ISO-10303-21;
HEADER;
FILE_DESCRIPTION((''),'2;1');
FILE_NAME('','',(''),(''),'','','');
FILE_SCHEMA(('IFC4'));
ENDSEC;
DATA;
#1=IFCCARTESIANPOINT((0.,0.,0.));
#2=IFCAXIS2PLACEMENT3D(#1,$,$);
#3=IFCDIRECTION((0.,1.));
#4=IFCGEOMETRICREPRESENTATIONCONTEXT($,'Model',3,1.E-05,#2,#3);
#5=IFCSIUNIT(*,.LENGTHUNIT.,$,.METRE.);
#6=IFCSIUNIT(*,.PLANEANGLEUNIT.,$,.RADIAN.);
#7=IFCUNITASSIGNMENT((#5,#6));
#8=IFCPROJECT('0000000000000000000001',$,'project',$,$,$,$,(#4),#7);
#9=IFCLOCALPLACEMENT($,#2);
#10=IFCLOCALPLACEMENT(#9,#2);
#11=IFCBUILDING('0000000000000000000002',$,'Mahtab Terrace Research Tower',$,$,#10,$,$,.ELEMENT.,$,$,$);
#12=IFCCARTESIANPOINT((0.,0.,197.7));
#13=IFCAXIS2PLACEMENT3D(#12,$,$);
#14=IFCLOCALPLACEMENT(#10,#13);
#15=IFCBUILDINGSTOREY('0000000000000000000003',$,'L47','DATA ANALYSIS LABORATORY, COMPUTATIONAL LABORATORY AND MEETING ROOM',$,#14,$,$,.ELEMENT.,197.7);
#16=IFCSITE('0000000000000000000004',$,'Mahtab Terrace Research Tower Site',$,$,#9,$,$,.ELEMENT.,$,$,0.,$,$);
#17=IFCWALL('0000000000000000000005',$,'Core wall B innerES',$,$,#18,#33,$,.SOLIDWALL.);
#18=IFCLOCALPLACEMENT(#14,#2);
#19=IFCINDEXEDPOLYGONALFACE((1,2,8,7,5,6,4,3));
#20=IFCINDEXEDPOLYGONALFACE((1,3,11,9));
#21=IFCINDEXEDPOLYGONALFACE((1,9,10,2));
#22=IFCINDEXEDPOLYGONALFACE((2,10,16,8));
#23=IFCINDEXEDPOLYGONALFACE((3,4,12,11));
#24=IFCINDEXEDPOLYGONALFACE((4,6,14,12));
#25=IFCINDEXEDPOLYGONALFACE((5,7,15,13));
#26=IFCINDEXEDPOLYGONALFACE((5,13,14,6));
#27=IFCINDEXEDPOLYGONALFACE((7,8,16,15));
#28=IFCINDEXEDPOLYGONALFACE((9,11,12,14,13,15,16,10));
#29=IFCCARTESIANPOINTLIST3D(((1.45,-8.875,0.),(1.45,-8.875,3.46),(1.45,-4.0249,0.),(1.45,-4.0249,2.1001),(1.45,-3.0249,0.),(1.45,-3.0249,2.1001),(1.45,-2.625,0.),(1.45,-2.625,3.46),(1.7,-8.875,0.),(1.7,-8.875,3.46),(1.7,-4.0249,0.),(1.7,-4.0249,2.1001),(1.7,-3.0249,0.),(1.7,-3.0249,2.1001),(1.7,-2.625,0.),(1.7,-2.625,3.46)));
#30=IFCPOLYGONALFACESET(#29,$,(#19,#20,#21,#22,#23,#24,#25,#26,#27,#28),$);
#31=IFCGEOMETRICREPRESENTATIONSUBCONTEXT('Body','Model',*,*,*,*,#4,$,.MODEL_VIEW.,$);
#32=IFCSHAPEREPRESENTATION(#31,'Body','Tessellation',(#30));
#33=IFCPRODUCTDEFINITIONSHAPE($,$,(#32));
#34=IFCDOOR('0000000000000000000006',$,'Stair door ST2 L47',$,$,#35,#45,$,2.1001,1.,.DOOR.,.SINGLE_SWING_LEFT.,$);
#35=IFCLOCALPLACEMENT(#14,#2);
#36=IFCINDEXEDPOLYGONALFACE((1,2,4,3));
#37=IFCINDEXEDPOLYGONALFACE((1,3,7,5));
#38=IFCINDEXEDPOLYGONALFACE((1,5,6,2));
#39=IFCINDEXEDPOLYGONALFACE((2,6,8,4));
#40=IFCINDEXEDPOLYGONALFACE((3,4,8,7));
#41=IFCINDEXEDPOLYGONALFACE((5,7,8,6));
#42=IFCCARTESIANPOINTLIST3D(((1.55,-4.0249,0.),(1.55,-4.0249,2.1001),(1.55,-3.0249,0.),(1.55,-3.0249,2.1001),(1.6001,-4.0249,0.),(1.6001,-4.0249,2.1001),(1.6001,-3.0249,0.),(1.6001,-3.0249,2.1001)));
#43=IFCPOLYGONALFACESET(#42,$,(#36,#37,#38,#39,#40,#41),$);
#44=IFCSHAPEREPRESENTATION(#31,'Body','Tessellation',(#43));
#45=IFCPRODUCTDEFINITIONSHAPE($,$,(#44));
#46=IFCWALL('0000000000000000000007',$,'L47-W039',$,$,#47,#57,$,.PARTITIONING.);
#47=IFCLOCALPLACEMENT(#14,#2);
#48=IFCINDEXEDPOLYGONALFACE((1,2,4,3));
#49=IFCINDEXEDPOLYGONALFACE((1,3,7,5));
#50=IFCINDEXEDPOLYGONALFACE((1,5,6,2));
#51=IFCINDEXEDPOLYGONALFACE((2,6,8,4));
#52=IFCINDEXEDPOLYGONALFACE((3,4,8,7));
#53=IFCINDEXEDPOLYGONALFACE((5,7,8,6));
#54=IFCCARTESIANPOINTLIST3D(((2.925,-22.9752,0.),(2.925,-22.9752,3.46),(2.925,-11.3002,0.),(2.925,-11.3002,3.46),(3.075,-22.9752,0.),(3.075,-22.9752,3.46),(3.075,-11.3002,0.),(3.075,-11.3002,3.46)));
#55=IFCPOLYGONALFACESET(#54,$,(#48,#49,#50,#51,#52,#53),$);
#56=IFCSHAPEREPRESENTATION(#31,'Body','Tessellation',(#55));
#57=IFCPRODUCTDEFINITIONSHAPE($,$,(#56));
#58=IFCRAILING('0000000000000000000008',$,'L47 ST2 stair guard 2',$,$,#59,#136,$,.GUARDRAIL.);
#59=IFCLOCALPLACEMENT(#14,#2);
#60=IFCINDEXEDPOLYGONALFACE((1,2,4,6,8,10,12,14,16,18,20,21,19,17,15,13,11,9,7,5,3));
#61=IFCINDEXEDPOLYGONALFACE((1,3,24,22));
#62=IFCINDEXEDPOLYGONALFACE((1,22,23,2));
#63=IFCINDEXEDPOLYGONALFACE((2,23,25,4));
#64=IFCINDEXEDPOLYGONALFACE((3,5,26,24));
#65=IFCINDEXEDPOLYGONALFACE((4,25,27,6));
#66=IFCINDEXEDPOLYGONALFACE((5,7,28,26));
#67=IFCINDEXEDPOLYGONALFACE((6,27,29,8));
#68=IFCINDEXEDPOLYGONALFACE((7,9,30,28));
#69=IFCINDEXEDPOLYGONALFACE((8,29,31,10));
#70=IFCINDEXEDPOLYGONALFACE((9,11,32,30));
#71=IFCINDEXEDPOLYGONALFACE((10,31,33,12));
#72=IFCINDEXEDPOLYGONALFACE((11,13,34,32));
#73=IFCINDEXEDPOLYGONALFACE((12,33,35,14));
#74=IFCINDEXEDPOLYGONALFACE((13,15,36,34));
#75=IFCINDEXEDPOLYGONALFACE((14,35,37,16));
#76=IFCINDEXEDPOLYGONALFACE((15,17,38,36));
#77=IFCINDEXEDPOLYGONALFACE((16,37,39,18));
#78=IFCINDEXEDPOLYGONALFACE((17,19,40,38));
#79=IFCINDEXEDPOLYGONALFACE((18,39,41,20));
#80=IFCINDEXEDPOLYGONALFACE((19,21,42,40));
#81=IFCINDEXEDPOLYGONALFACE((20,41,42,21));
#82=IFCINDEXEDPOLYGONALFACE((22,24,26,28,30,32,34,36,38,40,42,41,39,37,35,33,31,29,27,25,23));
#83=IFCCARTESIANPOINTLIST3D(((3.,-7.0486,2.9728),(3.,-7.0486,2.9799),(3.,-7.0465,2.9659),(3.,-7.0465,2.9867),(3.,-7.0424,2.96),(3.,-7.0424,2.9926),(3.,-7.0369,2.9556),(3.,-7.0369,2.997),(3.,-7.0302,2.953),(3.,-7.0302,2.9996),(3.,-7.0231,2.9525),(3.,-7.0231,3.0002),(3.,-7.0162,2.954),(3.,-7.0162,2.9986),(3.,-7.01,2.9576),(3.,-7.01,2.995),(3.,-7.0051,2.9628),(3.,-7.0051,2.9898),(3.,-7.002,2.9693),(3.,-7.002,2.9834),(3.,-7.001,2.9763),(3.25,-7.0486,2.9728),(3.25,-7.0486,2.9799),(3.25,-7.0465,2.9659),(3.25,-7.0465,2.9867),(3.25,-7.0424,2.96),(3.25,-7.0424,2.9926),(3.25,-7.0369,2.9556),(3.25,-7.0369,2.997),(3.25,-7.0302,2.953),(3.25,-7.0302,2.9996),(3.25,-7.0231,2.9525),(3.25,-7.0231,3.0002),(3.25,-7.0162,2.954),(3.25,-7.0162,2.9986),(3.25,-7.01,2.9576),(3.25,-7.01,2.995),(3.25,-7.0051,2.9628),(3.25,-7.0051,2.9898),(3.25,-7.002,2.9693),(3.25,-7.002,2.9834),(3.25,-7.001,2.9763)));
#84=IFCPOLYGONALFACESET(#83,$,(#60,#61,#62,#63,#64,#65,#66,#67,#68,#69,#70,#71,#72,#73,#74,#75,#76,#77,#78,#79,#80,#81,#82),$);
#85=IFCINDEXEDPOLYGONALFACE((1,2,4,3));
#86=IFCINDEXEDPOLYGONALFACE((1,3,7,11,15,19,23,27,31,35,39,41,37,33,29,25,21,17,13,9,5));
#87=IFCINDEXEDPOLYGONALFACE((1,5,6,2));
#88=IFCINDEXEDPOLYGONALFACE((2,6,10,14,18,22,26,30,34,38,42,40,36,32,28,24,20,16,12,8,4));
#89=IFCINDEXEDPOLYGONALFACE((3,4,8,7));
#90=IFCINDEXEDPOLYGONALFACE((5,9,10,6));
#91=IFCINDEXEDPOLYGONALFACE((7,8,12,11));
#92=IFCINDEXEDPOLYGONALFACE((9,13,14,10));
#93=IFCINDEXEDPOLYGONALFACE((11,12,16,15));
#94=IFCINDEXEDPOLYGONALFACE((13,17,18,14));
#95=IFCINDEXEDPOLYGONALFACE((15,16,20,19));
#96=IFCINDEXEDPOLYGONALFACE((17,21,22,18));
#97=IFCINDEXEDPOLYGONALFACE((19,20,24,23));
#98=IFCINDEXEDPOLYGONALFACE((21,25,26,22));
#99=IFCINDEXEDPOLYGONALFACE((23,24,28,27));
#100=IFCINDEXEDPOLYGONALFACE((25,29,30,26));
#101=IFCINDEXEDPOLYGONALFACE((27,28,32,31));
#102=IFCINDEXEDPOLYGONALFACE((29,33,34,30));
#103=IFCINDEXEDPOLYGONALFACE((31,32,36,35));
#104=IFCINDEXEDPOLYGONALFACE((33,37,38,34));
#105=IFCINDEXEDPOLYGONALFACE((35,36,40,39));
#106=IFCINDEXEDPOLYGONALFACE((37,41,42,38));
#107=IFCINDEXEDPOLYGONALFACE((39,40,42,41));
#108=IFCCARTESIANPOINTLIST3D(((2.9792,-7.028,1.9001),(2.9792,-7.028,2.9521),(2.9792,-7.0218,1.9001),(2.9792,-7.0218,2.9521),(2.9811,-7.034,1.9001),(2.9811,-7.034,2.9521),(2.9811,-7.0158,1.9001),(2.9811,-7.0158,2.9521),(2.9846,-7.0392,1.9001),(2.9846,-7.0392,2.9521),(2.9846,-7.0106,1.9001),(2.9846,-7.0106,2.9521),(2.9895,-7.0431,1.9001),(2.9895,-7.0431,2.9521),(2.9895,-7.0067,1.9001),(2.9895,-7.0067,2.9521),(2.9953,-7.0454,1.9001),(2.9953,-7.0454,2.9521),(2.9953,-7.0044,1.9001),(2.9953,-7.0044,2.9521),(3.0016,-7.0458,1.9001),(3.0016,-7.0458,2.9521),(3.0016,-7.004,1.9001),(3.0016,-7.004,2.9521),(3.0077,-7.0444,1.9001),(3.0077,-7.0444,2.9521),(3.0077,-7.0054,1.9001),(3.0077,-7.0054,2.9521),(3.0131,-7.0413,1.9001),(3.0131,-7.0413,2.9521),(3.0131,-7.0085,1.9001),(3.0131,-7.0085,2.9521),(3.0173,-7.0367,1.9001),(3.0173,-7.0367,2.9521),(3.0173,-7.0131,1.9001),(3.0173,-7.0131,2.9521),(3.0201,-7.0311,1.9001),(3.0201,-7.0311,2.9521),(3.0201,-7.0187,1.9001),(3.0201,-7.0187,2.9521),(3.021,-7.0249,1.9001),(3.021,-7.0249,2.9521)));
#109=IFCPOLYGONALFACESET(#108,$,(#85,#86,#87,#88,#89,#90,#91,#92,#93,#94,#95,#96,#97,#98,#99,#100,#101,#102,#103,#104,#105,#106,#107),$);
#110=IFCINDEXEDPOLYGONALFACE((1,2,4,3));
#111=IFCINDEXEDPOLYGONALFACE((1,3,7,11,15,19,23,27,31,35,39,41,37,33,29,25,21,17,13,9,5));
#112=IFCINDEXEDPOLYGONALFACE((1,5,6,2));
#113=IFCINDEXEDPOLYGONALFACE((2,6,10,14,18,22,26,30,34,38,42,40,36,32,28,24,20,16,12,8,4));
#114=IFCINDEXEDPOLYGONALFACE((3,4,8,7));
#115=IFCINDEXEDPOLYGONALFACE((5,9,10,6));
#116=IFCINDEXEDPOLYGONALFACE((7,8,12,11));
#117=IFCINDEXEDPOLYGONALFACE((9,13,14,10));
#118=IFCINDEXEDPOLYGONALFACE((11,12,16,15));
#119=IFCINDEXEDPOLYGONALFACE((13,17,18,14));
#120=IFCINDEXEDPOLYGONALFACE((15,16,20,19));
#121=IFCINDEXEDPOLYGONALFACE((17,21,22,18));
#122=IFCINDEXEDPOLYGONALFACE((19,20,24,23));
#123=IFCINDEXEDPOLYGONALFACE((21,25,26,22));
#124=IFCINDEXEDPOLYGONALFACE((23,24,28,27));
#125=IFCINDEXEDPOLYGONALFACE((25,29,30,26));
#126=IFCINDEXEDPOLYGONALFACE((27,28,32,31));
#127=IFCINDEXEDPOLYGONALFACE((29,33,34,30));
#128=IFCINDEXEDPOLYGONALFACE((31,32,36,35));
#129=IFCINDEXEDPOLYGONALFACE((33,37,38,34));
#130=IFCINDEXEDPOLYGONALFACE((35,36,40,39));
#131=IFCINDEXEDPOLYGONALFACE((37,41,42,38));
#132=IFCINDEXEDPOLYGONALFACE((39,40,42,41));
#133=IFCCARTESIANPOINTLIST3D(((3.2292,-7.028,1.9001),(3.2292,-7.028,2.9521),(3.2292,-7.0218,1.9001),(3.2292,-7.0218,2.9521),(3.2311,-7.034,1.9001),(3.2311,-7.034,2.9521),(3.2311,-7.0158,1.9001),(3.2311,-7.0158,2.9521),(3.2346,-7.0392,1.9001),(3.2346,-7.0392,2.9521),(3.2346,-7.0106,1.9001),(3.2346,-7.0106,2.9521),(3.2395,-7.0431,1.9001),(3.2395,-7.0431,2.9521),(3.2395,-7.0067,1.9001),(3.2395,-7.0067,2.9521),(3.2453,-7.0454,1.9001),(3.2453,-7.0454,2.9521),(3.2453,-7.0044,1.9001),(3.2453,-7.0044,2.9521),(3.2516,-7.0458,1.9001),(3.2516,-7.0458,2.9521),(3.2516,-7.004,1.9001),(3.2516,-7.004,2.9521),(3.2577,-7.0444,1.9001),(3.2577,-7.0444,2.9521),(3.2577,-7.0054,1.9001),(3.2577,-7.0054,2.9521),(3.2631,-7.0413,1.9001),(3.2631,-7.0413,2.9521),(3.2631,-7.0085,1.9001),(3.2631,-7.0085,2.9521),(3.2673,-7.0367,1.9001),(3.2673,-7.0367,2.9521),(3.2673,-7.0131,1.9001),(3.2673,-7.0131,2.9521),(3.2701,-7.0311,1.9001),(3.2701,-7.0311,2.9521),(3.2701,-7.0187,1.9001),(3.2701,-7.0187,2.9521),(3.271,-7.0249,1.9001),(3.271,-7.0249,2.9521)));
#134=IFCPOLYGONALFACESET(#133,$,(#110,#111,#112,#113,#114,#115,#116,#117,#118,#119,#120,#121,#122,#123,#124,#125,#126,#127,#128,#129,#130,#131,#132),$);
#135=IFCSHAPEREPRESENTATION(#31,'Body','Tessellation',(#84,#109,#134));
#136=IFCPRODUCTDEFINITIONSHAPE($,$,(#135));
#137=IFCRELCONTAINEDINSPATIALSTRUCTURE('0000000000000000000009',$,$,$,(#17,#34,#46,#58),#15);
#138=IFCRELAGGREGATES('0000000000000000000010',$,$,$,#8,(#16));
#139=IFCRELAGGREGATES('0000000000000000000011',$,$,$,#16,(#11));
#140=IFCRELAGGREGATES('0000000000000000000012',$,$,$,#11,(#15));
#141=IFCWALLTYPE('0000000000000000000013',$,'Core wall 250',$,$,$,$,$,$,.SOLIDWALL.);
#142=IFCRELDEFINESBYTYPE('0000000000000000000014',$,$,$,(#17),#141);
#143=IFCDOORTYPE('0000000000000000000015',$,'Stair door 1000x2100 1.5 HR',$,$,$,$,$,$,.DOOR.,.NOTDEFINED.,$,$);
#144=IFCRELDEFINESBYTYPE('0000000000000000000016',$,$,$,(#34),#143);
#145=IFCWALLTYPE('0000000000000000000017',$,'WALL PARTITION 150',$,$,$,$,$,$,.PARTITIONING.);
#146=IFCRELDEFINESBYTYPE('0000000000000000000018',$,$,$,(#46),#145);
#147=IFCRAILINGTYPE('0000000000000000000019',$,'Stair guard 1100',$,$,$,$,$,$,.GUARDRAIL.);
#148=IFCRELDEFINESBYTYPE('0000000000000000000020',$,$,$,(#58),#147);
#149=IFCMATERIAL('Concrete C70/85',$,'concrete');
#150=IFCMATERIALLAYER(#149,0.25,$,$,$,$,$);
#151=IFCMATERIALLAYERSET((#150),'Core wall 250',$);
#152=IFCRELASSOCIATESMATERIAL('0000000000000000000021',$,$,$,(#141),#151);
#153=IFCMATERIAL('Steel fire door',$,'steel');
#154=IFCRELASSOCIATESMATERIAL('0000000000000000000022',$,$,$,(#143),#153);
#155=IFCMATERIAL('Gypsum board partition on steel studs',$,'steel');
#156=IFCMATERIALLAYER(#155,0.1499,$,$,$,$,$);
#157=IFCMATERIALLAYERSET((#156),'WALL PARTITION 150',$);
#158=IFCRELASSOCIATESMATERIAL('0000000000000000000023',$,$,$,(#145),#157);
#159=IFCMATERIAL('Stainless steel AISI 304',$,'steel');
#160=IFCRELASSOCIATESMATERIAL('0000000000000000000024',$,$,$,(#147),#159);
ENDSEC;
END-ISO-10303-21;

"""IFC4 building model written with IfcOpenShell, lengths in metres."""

from ifc_helpers import new_model, si_unit, direction, frame, frame_2d, origin, origin_2d, place, context, subcontext, project, spatial, rectangle, circle, extrude, material, layer, layer_set, type_object, element, fill, save


model = new_model("IFC4")

# Units and contexts
model_context = context("Model", 3, precision=1e-05, world=origin(), true_north=direction((0.0, 1.0)))
body_context = subcontext(model_context, "Body", "Model", "MODEL_VIEW")
ifc_project = project(units=[si_unit("LENGTHUNIT", "METRE"), si_unit("PLANEANGLEUNIT", "RADIAN")], contexts=[model_context])

# Site, building, storey
site_placement = place(None, origin())
site = spatial("IfcSite", under=ifc_project, at=site_placement, Name="Mahtab Terrace Research Tower Site", CompositionType="ELEMENT", RefElevation=0.0)
building_placement = place(site_placement, origin())
building = spatial("IfcBuilding", under=site, at=building_placement, Name="Mahtab Terrace Research Tower", CompositionType="ELEMENT")
storey_placement = place(building_placement, frame((0.0, 0.0, 197.7)))
storey = spatial("IfcBuildingStorey", under=building, at=storey_placement, Name="L47", Description="DATA ANALYSIS LABORATORY, COMPUTATIONAL LABORATORY AND MEETING ROOM", CompositionType="ELEMENT", Elevation=197.7)

# Shared definitions
ifc_material_1 = material(Name="Concrete C70/85", Category="concrete")

# Shared definitions
ifc_layer_1 = layer(ifc_material_1, 0.25)
ifc_layer_set_1 = layer_set([ifc_layer_1], Name="Core wall 250")
wall_type_1 = type_object("IfcWallType", Name="Core wall 250", PredefinedType="SOLIDWALL", material=ifc_layer_set_1)

# Shared definitions
ifc_material_2 = material(Name="Steel fire door", Category="steel")

# Shared definitions
ifc_material_3 = material(Name="Stainless steel AISI 304", Category="steel")

# Wall, opening, door
wall_1_placement = place(storey_placement, frame((1.575, -8.875, 0.0), z_axis=(0.0, 0.0, 1.0), x_axis=(0.0, 1.0, 0.0)))
wall_1 = element("IfcWall", 1, at=wall_1_placement, inside=storey, type_object=wall_type_1, Name="Core wall B innerES", PredefinedType="SOLIDWALL", context=body_context, shape_type="SweptSolid", body=[
    extrude(rectangle(XDim=6.25, YDim=0.25, at=frame_2d((3.125, 0.0))), origin(), (0.0, 0.0, 1.0), 3.46),
])
opening_1_placement = place(wall_1_placement, frame((4.8501, 0.0, 0.0)))
opening_1 = element("IfcOpeningElement", 2, at=opening_1_placement, cuts=wall_1, PredefinedType="OPENING", context=body_context, shape_type="SweptSolid", body=[
    extrude(rectangle(XDim=1.0, YDim=2.1001, at=frame_2d((0.5, 1.05))), frame((0.0, 0.135, 0.0), z_axis=(0.0, -1.0, 0.0), x_axis=(1.0, 0.0, 0.0)), (0.0, 0.0, 1.0), 0.27),
])
door_type_1 = type_object("IfcDoorType", Name="Stair door 1000x2100 1.5 HR", OperationType="NOTDEFINED", PredefinedType="DOOR", material=ifc_material_2)
door_1_placement = place(opening_1_placement, origin())
door_1 = element("IfcDoor", 3, at=door_1_placement, inside=storey, type_object=door_type_1, Name="Stair door ST2 L47", OperationType="SINGLE_SWING_LEFT", OverallHeight=2.1001, OverallWidth=1.0, PredefinedType="DOOR", context=body_context, shape_type="SweptSolid", body=[
    extrude(rectangle(XDim=1.0, YDim=2.1001, at=frame_2d((0.5, 1.05))), frame((0.0, 0.0249, 0.0), z_axis=(0.0, -1.0, 0.0), x_axis=(1.0, 0.0, 0.0)), (0.0, 0.0, 1.0), 0.05),
])
fill(opening_1, door_1)

# Wall
ifc_material_4 = material(Name="Gypsum board partition on steel studs", Category="steel")
ifc_layer_2 = layer(ifc_material_4, 0.1499)
ifc_layer_set_2 = layer_set([ifc_layer_2], Name="WALL PARTITION 150")
wall_type_2 = type_object("IfcWallType", Name="WALL PARTITION 150", PredefinedType="PARTITIONING", material=ifc_layer_set_2)
wall_2_placement = place(storey_placement, frame((3.0, -22.9751, 0.0), z_axis=(0.0, 0.0, 1.0), x_axis=(0.0, 1.0, 0.0)))
element("IfcWall", 4, at=wall_2_placement, inside=storey, type_object=wall_type_2, Name="L47-W039", PredefinedType="PARTITIONING", context=body_context, shape_type="SweptSolid", body=[
    extrude(rectangle(XDim=11.675, YDim=0.1499, at=frame_2d((5.8374, 0.0))), origin(), (0.0, 0.0, 1.0), 3.46),
])

# Railing
railing_type = type_object("IfcRailingType", Name="Stair guard 1100", PredefinedType="GUARDRAIL", material=ifc_material_3)
railing_placement = place(storey_placement, frame((3.0, -7.0249, 1.9001)))
element("IfcRailing", 5, at=railing_placement, inside=storey, type_object=railing_type, Name="L47 ST2 stair guard 2", PredefinedType="GUARDRAIL", context=body_context, shape_type="SweptSolid", body=[
    extrude(circle(Radius=0.0239, at=origin_2d()), frame((0.0, 0.0, 1.0762), z_axis=(1.0, 0.0, 0.0), x_axis=(0.0, 1.0, 0.0)), (0.0, 0.0, 1.0), 0.25),
    extrude(circle(Radius=0.021, at=origin_2d()), origin(), (0.0, 0.0, 1.0), 1.052),
    extrude(circle(Radius=0.021, at=origin_2d()), frame((0.25, 0.0, 0.0)), (0.0, 0.0, 1.0), 1.052),
])

save(model, "model.ifc")
